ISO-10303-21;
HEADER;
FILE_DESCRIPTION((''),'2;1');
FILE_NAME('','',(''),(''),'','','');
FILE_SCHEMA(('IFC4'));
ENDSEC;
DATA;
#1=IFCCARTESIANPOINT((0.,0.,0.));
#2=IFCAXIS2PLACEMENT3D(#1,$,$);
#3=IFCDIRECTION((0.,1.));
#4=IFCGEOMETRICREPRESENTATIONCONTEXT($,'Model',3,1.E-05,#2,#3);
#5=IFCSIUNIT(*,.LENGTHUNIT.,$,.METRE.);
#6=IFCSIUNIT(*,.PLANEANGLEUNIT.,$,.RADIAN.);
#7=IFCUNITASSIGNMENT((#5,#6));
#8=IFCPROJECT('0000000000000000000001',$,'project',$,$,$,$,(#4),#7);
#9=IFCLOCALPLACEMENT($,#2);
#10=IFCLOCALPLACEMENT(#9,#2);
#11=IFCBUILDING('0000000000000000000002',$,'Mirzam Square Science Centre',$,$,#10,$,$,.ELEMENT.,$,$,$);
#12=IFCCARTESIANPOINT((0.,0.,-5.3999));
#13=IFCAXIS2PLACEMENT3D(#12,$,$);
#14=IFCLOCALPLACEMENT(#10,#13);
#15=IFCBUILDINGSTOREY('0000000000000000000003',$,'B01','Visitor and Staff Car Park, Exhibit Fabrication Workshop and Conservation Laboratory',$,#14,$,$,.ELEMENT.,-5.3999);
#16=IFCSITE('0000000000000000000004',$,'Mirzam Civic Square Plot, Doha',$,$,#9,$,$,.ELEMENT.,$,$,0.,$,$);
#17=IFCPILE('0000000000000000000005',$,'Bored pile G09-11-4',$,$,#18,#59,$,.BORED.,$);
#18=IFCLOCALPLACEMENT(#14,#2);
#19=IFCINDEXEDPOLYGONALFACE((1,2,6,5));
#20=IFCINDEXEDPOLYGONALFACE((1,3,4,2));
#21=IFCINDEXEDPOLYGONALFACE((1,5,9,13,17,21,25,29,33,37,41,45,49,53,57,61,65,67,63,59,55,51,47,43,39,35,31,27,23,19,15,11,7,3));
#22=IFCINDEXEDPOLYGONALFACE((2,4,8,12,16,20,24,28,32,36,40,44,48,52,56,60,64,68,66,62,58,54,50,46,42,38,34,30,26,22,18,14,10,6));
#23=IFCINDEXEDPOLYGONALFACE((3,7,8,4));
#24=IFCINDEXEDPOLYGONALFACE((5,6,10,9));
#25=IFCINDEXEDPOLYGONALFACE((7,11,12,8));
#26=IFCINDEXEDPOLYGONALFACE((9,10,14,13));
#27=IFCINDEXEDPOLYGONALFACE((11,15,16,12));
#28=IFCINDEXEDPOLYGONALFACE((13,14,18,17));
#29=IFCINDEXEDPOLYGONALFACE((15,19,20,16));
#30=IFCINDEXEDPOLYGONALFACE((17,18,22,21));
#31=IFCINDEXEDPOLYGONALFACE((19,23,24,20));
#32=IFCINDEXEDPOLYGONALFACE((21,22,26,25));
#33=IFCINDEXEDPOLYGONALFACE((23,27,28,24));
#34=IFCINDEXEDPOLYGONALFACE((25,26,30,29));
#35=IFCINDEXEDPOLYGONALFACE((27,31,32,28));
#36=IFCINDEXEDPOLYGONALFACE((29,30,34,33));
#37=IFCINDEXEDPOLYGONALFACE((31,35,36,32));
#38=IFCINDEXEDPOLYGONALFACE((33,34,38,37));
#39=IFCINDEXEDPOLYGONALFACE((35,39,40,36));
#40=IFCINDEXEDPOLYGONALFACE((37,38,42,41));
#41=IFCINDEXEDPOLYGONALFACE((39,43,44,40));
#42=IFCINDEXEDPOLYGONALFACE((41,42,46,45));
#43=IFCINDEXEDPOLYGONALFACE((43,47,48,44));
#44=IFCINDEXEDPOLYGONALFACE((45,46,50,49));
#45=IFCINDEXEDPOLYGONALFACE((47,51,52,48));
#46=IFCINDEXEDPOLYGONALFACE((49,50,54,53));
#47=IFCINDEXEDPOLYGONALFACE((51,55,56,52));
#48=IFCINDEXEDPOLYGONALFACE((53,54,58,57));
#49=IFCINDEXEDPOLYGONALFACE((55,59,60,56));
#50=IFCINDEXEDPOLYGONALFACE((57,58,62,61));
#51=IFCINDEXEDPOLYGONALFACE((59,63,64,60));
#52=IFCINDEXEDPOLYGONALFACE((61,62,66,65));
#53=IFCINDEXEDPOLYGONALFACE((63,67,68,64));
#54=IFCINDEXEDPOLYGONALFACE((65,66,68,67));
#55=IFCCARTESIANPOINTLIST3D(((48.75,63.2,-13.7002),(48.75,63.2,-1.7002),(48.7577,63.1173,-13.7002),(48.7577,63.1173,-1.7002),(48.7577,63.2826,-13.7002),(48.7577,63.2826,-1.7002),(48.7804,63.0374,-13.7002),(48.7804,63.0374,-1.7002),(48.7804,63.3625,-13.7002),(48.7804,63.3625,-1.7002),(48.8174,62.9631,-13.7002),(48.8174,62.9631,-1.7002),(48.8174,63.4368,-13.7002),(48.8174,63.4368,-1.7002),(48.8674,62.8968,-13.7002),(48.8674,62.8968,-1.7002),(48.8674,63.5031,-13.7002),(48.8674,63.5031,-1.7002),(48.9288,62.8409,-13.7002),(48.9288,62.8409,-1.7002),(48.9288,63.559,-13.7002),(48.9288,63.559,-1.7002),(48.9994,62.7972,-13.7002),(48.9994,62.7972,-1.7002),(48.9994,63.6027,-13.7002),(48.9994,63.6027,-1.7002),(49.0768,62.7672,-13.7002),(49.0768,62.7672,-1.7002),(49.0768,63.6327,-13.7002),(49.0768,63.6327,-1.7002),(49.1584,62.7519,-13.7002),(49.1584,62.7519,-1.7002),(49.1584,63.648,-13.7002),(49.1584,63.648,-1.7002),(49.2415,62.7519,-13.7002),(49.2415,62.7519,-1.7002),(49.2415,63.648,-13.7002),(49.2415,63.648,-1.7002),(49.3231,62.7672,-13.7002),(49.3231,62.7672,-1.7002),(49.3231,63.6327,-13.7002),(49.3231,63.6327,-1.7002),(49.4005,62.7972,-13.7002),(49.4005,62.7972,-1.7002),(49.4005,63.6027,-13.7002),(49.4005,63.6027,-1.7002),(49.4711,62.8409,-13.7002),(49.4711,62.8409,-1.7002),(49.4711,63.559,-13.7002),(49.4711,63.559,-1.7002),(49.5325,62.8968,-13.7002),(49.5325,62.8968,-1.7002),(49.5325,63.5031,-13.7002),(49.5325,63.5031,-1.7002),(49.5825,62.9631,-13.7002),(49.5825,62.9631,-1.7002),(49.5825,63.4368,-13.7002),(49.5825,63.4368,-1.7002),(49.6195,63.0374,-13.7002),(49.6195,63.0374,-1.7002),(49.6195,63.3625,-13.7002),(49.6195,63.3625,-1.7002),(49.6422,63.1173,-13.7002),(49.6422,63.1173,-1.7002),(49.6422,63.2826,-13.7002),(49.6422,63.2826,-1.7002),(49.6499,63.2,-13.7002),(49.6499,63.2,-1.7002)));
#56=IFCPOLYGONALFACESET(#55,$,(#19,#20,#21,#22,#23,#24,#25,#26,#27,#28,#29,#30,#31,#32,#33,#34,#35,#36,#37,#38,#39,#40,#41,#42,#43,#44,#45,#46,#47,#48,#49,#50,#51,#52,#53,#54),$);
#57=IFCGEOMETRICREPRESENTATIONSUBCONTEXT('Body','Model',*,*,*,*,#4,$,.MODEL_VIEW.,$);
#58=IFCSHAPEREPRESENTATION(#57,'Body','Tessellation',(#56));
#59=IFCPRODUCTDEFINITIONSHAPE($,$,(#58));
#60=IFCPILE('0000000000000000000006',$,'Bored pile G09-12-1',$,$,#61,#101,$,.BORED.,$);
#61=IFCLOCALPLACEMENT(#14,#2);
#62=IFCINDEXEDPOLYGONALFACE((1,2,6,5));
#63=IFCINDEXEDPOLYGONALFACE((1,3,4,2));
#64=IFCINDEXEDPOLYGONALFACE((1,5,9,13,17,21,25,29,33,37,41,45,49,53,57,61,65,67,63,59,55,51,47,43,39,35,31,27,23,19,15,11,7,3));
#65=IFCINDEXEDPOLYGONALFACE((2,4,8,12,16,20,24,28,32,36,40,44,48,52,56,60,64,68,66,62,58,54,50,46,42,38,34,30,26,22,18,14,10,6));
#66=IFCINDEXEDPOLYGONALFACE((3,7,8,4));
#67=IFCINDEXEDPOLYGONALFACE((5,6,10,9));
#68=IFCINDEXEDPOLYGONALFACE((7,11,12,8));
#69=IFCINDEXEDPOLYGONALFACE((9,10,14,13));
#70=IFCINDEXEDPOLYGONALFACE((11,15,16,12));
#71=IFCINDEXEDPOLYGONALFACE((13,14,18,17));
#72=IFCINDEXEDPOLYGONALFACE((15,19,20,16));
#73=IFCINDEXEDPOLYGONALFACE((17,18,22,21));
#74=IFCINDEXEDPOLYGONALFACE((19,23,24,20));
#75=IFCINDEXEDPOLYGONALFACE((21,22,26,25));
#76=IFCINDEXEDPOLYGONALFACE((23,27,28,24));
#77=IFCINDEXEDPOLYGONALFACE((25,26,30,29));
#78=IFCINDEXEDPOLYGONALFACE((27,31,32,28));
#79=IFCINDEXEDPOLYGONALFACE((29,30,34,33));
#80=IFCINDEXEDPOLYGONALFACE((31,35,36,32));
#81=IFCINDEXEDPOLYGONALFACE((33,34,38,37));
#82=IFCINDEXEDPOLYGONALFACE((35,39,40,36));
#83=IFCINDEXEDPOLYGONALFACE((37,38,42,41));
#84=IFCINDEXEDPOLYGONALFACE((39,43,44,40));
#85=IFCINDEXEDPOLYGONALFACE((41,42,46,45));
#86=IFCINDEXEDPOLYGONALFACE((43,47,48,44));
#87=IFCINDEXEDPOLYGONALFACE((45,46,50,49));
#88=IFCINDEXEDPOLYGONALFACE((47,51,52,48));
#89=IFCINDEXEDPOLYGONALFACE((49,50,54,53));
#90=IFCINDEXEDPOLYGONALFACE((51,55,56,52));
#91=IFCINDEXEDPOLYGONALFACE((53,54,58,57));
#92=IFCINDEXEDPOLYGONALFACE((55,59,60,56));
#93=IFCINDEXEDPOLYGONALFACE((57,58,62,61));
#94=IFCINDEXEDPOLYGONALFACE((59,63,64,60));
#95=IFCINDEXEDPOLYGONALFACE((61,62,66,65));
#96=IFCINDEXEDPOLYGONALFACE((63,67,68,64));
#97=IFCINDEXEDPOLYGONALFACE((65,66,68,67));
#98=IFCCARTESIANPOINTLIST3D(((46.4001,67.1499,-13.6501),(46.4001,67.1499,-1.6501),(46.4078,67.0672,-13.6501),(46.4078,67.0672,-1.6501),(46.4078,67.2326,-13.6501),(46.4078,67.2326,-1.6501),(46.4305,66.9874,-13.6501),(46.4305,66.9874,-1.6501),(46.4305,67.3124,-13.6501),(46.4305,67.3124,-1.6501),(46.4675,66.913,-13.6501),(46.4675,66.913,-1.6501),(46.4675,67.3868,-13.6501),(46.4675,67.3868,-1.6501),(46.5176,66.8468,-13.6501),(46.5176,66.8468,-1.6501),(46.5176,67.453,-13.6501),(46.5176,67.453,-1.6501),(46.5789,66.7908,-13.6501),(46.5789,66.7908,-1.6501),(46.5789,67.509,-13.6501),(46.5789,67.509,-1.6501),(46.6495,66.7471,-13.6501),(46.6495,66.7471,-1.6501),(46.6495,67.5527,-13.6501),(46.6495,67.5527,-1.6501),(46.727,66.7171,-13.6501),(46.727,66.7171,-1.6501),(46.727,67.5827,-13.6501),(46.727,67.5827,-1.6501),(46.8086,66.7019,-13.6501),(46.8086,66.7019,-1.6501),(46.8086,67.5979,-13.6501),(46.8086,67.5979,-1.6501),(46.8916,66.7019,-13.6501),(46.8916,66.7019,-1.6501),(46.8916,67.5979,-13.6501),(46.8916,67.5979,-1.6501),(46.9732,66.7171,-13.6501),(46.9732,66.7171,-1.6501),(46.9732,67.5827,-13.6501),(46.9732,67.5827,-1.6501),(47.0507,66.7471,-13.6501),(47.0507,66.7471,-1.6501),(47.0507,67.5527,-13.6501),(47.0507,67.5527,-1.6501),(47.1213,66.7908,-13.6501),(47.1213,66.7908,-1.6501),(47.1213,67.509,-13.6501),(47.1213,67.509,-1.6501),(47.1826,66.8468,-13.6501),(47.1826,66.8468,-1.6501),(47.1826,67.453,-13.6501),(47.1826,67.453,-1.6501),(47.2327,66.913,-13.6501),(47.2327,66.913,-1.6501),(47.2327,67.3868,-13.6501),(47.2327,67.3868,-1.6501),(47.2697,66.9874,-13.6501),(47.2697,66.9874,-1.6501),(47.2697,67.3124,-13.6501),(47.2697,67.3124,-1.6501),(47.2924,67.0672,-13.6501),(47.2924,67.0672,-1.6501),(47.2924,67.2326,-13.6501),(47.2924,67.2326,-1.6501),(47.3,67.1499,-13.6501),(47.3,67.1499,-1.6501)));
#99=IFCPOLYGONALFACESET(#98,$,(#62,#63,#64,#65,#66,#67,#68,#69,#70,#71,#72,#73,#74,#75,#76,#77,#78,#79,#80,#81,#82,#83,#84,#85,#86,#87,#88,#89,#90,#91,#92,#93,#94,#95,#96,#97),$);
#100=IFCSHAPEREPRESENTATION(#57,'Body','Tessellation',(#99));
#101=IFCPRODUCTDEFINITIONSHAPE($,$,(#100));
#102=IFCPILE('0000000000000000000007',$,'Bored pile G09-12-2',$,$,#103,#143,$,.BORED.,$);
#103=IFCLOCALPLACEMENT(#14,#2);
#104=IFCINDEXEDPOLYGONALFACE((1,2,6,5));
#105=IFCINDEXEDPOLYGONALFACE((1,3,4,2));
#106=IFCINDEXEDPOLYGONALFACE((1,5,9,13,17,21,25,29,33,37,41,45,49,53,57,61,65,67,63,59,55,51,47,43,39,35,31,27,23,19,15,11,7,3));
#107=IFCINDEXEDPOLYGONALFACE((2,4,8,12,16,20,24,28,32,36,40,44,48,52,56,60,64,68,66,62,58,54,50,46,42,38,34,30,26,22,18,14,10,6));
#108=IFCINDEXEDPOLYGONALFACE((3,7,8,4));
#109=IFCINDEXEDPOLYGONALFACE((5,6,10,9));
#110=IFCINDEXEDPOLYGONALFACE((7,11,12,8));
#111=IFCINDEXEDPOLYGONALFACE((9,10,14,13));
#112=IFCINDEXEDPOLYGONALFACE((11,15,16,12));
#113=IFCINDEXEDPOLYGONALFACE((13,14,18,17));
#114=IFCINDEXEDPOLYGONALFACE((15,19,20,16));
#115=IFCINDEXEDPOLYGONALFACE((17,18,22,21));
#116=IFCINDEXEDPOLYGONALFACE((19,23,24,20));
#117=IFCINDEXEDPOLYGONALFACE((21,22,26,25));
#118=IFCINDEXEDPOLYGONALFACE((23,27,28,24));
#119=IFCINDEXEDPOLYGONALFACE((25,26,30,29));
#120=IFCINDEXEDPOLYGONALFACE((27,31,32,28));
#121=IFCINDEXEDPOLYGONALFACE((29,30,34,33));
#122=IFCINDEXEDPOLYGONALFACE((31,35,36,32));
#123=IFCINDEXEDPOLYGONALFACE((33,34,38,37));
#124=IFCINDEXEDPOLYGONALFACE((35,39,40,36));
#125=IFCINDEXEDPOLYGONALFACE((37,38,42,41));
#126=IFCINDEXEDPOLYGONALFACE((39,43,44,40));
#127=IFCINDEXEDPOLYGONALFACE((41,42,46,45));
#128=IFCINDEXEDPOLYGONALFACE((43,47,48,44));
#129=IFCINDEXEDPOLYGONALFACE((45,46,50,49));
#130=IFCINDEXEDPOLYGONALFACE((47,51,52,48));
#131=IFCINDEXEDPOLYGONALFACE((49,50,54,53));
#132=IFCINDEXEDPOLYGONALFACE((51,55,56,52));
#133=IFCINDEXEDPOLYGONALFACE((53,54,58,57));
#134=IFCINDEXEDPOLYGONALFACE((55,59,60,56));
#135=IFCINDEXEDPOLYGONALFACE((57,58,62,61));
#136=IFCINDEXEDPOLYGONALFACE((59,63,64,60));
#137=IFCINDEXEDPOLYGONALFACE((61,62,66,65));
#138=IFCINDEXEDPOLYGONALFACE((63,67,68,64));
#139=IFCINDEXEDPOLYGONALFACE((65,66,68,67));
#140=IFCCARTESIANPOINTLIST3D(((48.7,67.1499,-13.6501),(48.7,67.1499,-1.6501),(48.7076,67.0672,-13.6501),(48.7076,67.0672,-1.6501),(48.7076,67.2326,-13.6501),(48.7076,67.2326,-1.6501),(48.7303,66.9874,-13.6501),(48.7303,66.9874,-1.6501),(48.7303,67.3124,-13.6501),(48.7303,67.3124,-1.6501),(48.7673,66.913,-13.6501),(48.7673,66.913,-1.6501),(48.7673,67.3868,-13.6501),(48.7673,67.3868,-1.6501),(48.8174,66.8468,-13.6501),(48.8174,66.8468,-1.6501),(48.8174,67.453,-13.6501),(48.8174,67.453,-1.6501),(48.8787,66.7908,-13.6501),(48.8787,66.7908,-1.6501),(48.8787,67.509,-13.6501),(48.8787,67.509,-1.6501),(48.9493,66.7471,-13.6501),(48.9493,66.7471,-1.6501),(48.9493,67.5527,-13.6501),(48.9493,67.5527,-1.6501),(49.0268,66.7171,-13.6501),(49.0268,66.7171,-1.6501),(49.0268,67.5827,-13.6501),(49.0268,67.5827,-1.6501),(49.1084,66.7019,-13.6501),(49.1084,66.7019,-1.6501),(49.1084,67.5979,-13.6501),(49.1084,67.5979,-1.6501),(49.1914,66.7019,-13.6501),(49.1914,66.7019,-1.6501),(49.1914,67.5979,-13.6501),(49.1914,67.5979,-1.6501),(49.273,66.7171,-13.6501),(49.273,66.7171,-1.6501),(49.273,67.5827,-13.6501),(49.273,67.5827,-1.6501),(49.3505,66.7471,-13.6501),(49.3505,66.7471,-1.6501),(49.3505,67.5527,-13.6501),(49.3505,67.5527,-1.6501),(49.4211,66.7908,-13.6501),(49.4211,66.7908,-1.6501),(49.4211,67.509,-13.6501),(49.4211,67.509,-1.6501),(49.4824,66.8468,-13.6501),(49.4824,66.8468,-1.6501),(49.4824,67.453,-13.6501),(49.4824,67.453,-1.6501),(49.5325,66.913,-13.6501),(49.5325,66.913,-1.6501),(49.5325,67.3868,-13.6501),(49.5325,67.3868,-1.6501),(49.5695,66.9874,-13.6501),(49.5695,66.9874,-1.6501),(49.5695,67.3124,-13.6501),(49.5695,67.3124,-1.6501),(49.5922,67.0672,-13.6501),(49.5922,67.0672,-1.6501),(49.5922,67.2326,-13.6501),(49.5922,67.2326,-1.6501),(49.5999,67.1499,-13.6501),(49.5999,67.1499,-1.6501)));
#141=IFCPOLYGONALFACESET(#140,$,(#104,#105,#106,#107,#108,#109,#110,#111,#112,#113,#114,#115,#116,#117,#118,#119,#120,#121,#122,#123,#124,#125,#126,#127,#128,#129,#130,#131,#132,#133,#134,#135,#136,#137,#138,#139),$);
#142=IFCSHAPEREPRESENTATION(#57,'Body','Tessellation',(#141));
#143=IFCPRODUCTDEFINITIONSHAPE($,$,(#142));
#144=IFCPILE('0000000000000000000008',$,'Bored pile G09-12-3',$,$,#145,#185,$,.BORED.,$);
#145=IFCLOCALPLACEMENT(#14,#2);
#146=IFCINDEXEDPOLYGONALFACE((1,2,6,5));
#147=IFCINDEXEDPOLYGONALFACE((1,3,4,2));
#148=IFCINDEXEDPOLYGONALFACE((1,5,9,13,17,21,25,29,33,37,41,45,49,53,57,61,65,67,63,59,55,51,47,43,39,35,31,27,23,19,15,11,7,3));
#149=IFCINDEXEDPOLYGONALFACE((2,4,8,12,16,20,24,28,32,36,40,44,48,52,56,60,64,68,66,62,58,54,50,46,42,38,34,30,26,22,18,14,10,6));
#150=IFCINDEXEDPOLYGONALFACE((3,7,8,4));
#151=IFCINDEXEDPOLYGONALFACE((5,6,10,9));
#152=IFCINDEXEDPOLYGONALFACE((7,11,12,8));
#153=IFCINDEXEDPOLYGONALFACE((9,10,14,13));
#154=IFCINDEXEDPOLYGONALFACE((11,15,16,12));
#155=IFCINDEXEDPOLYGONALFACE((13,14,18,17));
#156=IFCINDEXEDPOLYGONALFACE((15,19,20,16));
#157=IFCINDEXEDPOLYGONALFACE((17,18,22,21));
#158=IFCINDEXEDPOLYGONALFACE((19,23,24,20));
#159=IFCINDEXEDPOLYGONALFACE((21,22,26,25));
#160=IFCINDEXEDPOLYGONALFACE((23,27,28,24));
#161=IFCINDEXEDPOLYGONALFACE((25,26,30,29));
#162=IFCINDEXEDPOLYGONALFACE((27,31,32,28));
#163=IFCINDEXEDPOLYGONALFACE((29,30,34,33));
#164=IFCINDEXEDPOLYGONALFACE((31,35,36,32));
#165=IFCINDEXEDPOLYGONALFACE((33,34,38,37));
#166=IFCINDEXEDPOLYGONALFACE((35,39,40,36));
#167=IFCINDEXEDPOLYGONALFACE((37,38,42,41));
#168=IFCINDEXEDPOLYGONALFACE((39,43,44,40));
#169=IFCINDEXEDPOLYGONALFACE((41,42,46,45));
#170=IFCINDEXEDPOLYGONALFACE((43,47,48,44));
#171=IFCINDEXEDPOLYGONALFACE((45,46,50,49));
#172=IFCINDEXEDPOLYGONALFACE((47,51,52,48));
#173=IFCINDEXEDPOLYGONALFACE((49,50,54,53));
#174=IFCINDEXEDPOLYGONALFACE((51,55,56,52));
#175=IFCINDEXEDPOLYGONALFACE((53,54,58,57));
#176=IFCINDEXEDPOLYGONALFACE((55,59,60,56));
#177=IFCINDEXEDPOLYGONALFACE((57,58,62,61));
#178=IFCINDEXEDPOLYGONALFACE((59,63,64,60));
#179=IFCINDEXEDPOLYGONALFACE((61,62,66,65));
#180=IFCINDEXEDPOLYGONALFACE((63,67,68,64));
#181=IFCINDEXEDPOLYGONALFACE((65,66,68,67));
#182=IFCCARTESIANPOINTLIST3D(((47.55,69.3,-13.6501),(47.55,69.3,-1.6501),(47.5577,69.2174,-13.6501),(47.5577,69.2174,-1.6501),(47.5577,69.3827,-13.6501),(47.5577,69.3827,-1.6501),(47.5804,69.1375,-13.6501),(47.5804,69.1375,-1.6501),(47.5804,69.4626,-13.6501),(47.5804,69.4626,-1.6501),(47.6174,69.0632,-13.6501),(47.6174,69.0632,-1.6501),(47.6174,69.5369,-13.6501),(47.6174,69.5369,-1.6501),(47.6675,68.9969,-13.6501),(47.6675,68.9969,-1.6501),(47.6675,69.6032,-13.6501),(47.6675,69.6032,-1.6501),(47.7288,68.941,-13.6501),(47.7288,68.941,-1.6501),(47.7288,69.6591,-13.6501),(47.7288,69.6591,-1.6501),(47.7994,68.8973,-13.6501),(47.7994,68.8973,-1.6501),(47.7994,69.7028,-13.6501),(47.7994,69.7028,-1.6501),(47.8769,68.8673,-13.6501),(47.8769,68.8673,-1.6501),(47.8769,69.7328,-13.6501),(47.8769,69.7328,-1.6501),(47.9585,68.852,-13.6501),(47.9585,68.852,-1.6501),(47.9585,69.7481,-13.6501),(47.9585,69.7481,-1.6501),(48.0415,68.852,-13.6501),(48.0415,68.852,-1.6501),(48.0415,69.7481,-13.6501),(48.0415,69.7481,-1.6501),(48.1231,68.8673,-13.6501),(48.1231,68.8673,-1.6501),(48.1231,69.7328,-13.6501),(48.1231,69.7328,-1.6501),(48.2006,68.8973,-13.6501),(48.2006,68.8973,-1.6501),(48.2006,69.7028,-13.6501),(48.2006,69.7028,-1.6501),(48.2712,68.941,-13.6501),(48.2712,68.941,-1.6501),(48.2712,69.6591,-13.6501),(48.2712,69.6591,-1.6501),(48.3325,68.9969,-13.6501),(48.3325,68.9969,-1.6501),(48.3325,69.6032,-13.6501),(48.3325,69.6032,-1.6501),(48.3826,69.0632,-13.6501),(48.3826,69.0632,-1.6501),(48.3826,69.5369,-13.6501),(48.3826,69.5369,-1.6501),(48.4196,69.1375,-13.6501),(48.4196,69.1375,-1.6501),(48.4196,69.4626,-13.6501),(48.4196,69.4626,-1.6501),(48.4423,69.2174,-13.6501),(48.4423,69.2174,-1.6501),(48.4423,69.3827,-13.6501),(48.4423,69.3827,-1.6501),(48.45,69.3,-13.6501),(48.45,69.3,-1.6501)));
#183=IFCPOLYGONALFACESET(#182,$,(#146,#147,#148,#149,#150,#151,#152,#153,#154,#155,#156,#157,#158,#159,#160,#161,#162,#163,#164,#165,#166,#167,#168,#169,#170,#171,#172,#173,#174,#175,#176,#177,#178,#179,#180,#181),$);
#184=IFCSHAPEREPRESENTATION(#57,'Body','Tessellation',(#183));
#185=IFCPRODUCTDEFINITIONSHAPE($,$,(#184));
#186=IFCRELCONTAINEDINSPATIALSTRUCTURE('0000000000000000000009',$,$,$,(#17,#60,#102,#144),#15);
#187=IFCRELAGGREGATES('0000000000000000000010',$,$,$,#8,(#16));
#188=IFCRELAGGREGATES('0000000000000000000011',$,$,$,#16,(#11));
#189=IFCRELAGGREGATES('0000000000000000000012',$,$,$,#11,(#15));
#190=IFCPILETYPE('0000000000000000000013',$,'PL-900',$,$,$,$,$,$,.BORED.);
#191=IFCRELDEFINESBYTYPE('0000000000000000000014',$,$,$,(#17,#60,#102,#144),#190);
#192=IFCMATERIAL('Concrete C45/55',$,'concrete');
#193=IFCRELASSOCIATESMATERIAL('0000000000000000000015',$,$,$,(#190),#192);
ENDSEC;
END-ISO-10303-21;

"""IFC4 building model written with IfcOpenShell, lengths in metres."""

from ifc_helpers import new_model, si_unit, direction, frame, origin, origin_2d, place, context, subcontext, project, spatial, circle, extrude, material, material_profile, profile_set, type_object, element, save


model = new_model("IFC4")

# Units and contexts
model_context = context("Model", 3, precision=1e-05, world=origin(), true_north=direction((0.0, 1.0)))
body_context = subcontext(model_context, "Body", "Model", "MODEL_VIEW")
ifc_project = project(units=[si_unit("LENGTHUNIT", "METRE"), si_unit("PLANEANGLEUNIT", "RADIAN")], contexts=[model_context])

# Site, building, storey
site_placement = place(None, origin())
site = spatial("IfcSite", under=ifc_project, at=site_placement, Name="Mirzam Civic Square Plot, Doha", CompositionType="ELEMENT", RefElevation=0.0)
building_placement = place(site_placement, origin())
building = spatial("IfcBuilding", under=site, at=building_placement, Name="Mirzam Square Science Centre", CompositionType="ELEMENT")
storey_placement = place(building_placement, frame((0.0, 0.0, -5.3999)))
storey = spatial("IfcBuildingStorey", under=building, at=storey_placement, Name="B01", Description="Visitor and Staff Car Park, Exhibit Fabrication Workshop and Conservation Laboratory", CompositionType="ELEMENT", Elevation=-5.3999)

# Shared definitions
ifc_material = material(Name="Concrete C45/55", Category="concrete")

# Piles
ifc_material_profile_1 = material_profile(ifc_material, circle(Radius=0.45, at=origin_2d()), Name="PILE-D900")
ifc_profile_set_1 = profile_set([ifc_material_profile_1], Name="Concrete C45/55")
pile_type = type_object("IfcPileType", Name="PL-900", PredefinedType="BORED", material=ifc_profile_set_1)
for number, where, z_axis, x_axis, name in (
    (1, (49.2, 63.2, -1.7002), (0.0, 0.0, -1.0), (1.0, 0.0, 0.0), "Bored pile G09-11-4"),
    (2, (46.8501, 67.1499, -1.6501), (0.0, 0.0, -1.0), (1.0, 0.0, 0.0), "Bored pile G09-12-1"),
    (3, (49.1499, 67.1499, -1.6501), (0.0, 0.0, -1.0), (1.0, 0.0, 0.0), "Bored pile G09-12-2"),
    (4, (48.0, 69.3, -1.6501), (0.0, 0.0, -1.0), (1.0, 0.0, 0.0), "Bored pile G09-12-3"),
):
    element("IfcPile", number, at=place(storey_placement, frame(where, z_axis=z_axis, x_axis=x_axis)), inside=storey, type_object=pile_type, Name=name, PredefinedType="BORED", context=body_context, shape_type="SweptSolid", body=[
        extrude(circle(Radius=0.45, at=origin_2d()), origin(), (0.0, 0.0, 1.0), 12.0),
    ])

save(model, "model.ifc")
